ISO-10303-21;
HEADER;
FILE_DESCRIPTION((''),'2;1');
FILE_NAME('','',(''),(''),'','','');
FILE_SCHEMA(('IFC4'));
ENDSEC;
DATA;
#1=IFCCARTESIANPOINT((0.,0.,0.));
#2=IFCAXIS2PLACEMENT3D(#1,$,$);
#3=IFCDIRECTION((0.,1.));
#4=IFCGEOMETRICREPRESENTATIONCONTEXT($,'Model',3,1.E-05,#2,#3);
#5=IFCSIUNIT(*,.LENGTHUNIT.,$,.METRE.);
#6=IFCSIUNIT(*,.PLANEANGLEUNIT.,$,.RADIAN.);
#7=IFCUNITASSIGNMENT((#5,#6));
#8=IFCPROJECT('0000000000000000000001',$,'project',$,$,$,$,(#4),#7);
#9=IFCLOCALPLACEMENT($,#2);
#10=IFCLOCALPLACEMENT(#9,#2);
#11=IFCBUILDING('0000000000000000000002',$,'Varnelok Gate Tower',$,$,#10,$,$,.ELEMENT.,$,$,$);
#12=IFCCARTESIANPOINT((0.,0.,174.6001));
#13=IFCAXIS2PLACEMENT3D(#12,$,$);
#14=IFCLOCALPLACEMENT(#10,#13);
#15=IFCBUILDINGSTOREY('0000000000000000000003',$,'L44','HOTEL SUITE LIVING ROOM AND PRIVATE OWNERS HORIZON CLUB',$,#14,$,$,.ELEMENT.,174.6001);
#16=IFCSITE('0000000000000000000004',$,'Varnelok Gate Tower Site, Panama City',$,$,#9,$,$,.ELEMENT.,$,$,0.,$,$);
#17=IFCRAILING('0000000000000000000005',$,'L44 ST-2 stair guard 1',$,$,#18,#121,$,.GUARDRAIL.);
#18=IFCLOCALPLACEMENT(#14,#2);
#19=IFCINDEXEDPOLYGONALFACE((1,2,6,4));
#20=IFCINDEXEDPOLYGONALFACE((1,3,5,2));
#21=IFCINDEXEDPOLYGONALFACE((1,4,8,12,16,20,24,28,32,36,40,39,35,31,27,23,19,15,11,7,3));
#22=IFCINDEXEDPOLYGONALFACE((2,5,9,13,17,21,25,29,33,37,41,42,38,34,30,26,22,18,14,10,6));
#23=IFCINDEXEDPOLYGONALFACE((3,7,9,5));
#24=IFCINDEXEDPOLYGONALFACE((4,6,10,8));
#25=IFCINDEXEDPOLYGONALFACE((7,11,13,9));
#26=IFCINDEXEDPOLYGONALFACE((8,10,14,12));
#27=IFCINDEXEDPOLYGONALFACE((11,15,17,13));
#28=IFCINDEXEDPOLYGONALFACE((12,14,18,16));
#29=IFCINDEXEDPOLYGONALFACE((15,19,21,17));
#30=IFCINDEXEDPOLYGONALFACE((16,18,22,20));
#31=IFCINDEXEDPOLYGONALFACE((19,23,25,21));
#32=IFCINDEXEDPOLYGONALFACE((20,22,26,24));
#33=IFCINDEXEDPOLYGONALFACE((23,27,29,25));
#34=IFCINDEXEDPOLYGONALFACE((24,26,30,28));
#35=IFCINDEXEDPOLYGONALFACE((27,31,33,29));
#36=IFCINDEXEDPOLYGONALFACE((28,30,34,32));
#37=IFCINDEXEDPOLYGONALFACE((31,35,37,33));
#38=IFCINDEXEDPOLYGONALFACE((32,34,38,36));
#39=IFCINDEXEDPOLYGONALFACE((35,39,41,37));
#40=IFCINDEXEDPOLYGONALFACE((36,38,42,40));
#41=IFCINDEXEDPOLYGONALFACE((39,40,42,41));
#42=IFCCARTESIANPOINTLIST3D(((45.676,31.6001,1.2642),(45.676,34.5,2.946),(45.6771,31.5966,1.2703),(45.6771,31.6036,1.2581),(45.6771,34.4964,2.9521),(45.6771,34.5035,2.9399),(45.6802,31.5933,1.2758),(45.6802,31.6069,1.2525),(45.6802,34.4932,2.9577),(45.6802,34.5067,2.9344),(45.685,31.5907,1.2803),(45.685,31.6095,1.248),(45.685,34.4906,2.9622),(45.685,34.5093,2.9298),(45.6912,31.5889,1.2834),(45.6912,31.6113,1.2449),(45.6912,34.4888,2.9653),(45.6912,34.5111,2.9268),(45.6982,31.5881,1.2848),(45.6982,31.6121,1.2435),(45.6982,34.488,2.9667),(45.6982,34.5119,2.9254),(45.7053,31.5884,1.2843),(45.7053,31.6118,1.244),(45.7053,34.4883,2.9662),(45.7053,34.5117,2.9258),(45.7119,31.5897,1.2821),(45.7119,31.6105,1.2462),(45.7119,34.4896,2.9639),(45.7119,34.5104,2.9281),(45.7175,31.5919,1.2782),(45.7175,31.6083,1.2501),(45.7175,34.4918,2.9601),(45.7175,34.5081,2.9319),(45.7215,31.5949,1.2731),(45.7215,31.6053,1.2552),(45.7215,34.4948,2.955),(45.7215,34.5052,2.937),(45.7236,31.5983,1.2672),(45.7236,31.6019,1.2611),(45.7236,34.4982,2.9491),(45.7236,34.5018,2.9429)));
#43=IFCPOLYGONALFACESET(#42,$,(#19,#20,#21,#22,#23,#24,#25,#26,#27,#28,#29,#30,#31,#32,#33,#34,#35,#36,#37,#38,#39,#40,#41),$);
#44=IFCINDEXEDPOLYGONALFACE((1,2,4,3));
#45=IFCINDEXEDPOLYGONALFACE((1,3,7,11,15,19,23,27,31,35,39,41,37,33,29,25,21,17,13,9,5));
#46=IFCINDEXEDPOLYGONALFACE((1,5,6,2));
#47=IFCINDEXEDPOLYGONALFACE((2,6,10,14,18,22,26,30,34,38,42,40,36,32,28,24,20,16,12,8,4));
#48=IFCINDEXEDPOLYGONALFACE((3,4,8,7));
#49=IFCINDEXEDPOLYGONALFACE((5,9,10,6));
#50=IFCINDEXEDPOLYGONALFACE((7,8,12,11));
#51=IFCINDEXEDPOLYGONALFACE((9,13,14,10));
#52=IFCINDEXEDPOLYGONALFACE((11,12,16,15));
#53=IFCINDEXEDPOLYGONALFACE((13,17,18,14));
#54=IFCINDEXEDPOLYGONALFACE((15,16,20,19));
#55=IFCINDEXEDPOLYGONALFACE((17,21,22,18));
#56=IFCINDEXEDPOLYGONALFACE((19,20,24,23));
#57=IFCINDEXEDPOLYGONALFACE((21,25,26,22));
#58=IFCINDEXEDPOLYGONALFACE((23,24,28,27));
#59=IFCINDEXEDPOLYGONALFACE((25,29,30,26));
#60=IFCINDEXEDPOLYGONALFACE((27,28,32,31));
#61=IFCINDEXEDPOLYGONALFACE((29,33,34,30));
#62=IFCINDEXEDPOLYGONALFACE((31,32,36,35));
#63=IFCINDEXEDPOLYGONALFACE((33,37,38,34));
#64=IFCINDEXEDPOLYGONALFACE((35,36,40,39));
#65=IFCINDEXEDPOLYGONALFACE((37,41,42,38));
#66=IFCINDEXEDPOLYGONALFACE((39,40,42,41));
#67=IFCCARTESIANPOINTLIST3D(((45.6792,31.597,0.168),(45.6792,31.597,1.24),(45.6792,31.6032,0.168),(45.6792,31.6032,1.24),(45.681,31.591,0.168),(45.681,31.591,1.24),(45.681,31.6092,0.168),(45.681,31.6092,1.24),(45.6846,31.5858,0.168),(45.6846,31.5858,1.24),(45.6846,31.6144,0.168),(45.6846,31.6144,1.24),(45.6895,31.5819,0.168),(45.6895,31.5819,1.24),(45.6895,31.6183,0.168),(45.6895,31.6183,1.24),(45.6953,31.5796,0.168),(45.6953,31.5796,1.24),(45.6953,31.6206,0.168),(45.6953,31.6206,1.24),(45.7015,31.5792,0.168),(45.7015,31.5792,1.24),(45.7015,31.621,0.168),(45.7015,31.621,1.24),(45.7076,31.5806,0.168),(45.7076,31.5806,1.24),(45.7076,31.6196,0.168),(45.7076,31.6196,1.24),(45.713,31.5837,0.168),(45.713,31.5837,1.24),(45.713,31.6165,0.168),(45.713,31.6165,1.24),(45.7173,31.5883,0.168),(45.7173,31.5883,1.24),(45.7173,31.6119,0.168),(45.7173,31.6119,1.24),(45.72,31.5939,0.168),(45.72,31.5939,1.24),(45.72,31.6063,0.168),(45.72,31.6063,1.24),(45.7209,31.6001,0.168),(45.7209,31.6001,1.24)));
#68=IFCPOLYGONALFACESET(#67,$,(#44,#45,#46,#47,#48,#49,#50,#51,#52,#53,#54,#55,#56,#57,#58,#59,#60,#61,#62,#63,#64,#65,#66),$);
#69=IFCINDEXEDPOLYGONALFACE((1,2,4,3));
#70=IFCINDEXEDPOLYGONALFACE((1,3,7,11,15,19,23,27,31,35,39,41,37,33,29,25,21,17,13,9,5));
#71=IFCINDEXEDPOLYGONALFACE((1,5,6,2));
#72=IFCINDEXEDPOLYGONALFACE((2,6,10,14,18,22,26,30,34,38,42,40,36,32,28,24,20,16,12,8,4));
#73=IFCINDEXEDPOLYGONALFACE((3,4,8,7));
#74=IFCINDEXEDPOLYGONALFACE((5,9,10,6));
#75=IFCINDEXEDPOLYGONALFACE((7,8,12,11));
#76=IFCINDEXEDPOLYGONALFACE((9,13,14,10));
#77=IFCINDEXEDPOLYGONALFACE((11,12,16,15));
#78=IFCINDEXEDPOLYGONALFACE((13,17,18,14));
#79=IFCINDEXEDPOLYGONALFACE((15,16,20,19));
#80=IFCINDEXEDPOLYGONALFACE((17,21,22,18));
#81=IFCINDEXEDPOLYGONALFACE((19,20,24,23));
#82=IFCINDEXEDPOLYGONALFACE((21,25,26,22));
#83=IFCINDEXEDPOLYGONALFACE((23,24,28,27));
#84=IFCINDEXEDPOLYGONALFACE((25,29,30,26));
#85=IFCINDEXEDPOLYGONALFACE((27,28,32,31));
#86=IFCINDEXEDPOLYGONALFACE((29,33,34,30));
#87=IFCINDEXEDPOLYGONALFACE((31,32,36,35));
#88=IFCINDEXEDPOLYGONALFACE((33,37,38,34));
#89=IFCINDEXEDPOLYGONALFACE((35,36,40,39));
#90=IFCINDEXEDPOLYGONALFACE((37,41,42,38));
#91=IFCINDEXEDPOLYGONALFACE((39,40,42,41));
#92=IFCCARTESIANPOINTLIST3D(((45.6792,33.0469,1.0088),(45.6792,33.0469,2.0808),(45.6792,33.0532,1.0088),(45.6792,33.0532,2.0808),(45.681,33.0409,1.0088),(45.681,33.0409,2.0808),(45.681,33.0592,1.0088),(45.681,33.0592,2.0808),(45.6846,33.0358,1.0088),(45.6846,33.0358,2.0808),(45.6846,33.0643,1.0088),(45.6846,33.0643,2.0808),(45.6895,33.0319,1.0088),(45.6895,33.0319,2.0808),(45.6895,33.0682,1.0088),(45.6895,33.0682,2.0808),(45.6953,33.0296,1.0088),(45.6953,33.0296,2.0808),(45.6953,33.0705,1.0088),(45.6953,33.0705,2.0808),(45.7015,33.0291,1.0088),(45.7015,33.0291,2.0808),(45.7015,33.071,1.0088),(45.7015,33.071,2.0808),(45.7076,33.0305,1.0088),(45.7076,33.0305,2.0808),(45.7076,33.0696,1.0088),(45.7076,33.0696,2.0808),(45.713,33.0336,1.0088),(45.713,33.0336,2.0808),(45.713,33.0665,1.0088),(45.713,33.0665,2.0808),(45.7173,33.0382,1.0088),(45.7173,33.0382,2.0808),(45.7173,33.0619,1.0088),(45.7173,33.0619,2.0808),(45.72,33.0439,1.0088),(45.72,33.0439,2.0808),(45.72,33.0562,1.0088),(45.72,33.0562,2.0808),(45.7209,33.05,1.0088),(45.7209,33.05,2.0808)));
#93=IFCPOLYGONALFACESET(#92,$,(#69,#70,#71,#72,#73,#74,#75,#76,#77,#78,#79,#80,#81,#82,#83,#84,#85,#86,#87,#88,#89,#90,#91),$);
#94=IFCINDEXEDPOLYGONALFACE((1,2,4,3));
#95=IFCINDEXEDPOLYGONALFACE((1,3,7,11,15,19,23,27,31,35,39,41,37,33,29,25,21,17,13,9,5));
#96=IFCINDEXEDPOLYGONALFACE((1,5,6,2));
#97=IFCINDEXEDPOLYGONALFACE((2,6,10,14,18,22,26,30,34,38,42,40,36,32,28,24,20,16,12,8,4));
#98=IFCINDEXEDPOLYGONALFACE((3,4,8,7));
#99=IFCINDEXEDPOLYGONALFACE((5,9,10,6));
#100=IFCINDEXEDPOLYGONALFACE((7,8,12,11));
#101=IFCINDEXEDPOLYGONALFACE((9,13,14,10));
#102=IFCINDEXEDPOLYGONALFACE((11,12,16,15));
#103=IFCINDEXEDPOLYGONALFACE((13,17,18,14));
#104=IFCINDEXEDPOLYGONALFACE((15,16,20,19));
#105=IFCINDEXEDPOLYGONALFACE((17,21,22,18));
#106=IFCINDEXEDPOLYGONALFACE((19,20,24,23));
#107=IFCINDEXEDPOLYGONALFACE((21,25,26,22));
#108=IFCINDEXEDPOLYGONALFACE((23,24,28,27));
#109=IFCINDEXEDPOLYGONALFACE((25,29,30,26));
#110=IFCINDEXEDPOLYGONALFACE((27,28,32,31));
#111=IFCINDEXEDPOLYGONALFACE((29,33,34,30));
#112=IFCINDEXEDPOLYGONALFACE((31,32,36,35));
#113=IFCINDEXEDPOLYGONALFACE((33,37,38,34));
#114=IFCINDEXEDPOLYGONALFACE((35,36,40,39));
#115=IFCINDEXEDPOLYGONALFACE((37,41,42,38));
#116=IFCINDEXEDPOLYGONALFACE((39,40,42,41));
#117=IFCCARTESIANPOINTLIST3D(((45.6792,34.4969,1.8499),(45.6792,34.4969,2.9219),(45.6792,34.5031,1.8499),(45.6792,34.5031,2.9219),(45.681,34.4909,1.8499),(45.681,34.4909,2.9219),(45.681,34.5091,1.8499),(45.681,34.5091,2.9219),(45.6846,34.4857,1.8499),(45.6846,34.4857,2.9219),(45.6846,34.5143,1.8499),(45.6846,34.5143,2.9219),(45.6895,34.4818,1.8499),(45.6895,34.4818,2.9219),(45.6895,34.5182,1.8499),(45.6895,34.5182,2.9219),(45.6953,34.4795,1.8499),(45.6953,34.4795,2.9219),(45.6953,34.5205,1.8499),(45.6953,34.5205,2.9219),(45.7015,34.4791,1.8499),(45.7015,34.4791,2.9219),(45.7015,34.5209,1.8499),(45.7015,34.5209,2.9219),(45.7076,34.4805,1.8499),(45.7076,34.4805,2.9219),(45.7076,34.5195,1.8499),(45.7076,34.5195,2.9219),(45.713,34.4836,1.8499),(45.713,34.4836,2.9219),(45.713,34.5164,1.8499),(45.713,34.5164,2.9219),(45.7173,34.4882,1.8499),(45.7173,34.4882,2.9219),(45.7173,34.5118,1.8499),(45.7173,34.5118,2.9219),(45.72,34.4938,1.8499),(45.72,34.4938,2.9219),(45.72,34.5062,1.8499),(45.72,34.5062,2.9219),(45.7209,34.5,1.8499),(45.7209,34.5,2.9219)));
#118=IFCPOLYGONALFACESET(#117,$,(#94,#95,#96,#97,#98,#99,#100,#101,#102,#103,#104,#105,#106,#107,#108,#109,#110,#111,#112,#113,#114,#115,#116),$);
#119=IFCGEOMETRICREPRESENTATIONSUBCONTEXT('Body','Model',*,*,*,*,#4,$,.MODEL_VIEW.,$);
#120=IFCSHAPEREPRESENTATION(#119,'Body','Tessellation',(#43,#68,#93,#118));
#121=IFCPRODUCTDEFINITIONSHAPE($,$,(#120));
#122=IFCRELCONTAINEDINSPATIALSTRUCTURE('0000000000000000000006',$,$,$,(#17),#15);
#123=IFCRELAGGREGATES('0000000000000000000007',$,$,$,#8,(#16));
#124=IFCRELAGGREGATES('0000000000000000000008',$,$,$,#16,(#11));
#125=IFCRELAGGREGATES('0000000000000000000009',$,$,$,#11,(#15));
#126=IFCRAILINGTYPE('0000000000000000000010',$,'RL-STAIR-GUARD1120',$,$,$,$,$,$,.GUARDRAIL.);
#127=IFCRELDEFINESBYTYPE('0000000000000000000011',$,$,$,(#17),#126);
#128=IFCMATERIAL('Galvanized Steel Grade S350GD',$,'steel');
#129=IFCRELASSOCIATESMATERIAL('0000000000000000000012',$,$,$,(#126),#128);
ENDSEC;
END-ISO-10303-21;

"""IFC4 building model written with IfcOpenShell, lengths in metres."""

from ifc_helpers import new_model, si_unit, direction, frame, origin, origin_2d, place, context, subcontext, project, spatial, circle, extrude, material, type_object, element, save


model = new_model("IFC4")

# Units and contexts
model_context = context("Model", 3, precision=1e-05, world=origin(), true_north=direction((0.0, 1.0)))
body_context = subcontext(model_context, "Body", "Model", "MODEL_VIEW")
ifc_project = project(units=[si_unit("LENGTHUNIT", "METRE"), si_unit("PLANEANGLEUNIT", "RADIAN")], contexts=[model_context])

# Site, building, storey
site_placement = place(None, origin())
site = spatial("IfcSite", under=ifc_project, at=site_placement, Name="Varnelok Gate Tower Site, Panama City", CompositionType="ELEMENT", RefElevation=0.0)
building_placement = place(site_placement, origin())
building = spatial("IfcBuilding", under=site, at=building_placement, Name="Varnelok Gate Tower", CompositionType="ELEMENT")
storey_placement = place(building_placement, frame((0.0, 0.0, 174.6001)))
storey = spatial("IfcBuildingStorey", under=building, at=storey_placement, Name="L44", Description="HOTEL SUITE LIVING ROOM AND PRIVATE OWNERS HORIZON CLUB", CompositionType="ELEMENT", Elevation=174.6001)

# Shared definitions
ifc_material_1 = material(Name="Galvanized Steel Grade S350GD", Category="steel")

# Railing
railing_type_1 = type_object("IfcRailingType", Name="RL-STAIR-GUARD1120", PredefinedType="GUARDRAIL", material=ifc_material_1)
railing_1_placement = place(storey_placement, frame((45.7, 31.6001, 0.168)))
element("IfcRailing", 1, at=railing_1_placement, inside=storey, type_object=railing_type_1, Name="L44 ST-2 stair guard 1", PredefinedType="GUARDRAIL", context=body_context, shape_type="SweptSolid", body=[
    extrude(circle(Radius=0.0239, at=origin_2d()), frame((0.0, 0.0, 1.0962), z_axis=(0.0, 0.865039, 0.501705), x_axis=(-1.0, 0.0, 0.0)), (0.0, 0.0, 1.0), 3.3523),
    extrude(circle(Radius=0.021, at=origin_2d()), origin(), (0.0, 0.0, 1.0), 1.072),
    extrude(circle(Radius=0.021, at=origin_2d()), frame((0.0, 1.45, 0.8408)), (0.0, 0.0, 1.0), 1.072),
    extrude(circle(Radius=0.021, at=origin_2d()), frame((0.0, 2.8999, 1.6819)), (0.0, 0.0, 1.0), 1.072),
])

save(model, "model.ifc")
